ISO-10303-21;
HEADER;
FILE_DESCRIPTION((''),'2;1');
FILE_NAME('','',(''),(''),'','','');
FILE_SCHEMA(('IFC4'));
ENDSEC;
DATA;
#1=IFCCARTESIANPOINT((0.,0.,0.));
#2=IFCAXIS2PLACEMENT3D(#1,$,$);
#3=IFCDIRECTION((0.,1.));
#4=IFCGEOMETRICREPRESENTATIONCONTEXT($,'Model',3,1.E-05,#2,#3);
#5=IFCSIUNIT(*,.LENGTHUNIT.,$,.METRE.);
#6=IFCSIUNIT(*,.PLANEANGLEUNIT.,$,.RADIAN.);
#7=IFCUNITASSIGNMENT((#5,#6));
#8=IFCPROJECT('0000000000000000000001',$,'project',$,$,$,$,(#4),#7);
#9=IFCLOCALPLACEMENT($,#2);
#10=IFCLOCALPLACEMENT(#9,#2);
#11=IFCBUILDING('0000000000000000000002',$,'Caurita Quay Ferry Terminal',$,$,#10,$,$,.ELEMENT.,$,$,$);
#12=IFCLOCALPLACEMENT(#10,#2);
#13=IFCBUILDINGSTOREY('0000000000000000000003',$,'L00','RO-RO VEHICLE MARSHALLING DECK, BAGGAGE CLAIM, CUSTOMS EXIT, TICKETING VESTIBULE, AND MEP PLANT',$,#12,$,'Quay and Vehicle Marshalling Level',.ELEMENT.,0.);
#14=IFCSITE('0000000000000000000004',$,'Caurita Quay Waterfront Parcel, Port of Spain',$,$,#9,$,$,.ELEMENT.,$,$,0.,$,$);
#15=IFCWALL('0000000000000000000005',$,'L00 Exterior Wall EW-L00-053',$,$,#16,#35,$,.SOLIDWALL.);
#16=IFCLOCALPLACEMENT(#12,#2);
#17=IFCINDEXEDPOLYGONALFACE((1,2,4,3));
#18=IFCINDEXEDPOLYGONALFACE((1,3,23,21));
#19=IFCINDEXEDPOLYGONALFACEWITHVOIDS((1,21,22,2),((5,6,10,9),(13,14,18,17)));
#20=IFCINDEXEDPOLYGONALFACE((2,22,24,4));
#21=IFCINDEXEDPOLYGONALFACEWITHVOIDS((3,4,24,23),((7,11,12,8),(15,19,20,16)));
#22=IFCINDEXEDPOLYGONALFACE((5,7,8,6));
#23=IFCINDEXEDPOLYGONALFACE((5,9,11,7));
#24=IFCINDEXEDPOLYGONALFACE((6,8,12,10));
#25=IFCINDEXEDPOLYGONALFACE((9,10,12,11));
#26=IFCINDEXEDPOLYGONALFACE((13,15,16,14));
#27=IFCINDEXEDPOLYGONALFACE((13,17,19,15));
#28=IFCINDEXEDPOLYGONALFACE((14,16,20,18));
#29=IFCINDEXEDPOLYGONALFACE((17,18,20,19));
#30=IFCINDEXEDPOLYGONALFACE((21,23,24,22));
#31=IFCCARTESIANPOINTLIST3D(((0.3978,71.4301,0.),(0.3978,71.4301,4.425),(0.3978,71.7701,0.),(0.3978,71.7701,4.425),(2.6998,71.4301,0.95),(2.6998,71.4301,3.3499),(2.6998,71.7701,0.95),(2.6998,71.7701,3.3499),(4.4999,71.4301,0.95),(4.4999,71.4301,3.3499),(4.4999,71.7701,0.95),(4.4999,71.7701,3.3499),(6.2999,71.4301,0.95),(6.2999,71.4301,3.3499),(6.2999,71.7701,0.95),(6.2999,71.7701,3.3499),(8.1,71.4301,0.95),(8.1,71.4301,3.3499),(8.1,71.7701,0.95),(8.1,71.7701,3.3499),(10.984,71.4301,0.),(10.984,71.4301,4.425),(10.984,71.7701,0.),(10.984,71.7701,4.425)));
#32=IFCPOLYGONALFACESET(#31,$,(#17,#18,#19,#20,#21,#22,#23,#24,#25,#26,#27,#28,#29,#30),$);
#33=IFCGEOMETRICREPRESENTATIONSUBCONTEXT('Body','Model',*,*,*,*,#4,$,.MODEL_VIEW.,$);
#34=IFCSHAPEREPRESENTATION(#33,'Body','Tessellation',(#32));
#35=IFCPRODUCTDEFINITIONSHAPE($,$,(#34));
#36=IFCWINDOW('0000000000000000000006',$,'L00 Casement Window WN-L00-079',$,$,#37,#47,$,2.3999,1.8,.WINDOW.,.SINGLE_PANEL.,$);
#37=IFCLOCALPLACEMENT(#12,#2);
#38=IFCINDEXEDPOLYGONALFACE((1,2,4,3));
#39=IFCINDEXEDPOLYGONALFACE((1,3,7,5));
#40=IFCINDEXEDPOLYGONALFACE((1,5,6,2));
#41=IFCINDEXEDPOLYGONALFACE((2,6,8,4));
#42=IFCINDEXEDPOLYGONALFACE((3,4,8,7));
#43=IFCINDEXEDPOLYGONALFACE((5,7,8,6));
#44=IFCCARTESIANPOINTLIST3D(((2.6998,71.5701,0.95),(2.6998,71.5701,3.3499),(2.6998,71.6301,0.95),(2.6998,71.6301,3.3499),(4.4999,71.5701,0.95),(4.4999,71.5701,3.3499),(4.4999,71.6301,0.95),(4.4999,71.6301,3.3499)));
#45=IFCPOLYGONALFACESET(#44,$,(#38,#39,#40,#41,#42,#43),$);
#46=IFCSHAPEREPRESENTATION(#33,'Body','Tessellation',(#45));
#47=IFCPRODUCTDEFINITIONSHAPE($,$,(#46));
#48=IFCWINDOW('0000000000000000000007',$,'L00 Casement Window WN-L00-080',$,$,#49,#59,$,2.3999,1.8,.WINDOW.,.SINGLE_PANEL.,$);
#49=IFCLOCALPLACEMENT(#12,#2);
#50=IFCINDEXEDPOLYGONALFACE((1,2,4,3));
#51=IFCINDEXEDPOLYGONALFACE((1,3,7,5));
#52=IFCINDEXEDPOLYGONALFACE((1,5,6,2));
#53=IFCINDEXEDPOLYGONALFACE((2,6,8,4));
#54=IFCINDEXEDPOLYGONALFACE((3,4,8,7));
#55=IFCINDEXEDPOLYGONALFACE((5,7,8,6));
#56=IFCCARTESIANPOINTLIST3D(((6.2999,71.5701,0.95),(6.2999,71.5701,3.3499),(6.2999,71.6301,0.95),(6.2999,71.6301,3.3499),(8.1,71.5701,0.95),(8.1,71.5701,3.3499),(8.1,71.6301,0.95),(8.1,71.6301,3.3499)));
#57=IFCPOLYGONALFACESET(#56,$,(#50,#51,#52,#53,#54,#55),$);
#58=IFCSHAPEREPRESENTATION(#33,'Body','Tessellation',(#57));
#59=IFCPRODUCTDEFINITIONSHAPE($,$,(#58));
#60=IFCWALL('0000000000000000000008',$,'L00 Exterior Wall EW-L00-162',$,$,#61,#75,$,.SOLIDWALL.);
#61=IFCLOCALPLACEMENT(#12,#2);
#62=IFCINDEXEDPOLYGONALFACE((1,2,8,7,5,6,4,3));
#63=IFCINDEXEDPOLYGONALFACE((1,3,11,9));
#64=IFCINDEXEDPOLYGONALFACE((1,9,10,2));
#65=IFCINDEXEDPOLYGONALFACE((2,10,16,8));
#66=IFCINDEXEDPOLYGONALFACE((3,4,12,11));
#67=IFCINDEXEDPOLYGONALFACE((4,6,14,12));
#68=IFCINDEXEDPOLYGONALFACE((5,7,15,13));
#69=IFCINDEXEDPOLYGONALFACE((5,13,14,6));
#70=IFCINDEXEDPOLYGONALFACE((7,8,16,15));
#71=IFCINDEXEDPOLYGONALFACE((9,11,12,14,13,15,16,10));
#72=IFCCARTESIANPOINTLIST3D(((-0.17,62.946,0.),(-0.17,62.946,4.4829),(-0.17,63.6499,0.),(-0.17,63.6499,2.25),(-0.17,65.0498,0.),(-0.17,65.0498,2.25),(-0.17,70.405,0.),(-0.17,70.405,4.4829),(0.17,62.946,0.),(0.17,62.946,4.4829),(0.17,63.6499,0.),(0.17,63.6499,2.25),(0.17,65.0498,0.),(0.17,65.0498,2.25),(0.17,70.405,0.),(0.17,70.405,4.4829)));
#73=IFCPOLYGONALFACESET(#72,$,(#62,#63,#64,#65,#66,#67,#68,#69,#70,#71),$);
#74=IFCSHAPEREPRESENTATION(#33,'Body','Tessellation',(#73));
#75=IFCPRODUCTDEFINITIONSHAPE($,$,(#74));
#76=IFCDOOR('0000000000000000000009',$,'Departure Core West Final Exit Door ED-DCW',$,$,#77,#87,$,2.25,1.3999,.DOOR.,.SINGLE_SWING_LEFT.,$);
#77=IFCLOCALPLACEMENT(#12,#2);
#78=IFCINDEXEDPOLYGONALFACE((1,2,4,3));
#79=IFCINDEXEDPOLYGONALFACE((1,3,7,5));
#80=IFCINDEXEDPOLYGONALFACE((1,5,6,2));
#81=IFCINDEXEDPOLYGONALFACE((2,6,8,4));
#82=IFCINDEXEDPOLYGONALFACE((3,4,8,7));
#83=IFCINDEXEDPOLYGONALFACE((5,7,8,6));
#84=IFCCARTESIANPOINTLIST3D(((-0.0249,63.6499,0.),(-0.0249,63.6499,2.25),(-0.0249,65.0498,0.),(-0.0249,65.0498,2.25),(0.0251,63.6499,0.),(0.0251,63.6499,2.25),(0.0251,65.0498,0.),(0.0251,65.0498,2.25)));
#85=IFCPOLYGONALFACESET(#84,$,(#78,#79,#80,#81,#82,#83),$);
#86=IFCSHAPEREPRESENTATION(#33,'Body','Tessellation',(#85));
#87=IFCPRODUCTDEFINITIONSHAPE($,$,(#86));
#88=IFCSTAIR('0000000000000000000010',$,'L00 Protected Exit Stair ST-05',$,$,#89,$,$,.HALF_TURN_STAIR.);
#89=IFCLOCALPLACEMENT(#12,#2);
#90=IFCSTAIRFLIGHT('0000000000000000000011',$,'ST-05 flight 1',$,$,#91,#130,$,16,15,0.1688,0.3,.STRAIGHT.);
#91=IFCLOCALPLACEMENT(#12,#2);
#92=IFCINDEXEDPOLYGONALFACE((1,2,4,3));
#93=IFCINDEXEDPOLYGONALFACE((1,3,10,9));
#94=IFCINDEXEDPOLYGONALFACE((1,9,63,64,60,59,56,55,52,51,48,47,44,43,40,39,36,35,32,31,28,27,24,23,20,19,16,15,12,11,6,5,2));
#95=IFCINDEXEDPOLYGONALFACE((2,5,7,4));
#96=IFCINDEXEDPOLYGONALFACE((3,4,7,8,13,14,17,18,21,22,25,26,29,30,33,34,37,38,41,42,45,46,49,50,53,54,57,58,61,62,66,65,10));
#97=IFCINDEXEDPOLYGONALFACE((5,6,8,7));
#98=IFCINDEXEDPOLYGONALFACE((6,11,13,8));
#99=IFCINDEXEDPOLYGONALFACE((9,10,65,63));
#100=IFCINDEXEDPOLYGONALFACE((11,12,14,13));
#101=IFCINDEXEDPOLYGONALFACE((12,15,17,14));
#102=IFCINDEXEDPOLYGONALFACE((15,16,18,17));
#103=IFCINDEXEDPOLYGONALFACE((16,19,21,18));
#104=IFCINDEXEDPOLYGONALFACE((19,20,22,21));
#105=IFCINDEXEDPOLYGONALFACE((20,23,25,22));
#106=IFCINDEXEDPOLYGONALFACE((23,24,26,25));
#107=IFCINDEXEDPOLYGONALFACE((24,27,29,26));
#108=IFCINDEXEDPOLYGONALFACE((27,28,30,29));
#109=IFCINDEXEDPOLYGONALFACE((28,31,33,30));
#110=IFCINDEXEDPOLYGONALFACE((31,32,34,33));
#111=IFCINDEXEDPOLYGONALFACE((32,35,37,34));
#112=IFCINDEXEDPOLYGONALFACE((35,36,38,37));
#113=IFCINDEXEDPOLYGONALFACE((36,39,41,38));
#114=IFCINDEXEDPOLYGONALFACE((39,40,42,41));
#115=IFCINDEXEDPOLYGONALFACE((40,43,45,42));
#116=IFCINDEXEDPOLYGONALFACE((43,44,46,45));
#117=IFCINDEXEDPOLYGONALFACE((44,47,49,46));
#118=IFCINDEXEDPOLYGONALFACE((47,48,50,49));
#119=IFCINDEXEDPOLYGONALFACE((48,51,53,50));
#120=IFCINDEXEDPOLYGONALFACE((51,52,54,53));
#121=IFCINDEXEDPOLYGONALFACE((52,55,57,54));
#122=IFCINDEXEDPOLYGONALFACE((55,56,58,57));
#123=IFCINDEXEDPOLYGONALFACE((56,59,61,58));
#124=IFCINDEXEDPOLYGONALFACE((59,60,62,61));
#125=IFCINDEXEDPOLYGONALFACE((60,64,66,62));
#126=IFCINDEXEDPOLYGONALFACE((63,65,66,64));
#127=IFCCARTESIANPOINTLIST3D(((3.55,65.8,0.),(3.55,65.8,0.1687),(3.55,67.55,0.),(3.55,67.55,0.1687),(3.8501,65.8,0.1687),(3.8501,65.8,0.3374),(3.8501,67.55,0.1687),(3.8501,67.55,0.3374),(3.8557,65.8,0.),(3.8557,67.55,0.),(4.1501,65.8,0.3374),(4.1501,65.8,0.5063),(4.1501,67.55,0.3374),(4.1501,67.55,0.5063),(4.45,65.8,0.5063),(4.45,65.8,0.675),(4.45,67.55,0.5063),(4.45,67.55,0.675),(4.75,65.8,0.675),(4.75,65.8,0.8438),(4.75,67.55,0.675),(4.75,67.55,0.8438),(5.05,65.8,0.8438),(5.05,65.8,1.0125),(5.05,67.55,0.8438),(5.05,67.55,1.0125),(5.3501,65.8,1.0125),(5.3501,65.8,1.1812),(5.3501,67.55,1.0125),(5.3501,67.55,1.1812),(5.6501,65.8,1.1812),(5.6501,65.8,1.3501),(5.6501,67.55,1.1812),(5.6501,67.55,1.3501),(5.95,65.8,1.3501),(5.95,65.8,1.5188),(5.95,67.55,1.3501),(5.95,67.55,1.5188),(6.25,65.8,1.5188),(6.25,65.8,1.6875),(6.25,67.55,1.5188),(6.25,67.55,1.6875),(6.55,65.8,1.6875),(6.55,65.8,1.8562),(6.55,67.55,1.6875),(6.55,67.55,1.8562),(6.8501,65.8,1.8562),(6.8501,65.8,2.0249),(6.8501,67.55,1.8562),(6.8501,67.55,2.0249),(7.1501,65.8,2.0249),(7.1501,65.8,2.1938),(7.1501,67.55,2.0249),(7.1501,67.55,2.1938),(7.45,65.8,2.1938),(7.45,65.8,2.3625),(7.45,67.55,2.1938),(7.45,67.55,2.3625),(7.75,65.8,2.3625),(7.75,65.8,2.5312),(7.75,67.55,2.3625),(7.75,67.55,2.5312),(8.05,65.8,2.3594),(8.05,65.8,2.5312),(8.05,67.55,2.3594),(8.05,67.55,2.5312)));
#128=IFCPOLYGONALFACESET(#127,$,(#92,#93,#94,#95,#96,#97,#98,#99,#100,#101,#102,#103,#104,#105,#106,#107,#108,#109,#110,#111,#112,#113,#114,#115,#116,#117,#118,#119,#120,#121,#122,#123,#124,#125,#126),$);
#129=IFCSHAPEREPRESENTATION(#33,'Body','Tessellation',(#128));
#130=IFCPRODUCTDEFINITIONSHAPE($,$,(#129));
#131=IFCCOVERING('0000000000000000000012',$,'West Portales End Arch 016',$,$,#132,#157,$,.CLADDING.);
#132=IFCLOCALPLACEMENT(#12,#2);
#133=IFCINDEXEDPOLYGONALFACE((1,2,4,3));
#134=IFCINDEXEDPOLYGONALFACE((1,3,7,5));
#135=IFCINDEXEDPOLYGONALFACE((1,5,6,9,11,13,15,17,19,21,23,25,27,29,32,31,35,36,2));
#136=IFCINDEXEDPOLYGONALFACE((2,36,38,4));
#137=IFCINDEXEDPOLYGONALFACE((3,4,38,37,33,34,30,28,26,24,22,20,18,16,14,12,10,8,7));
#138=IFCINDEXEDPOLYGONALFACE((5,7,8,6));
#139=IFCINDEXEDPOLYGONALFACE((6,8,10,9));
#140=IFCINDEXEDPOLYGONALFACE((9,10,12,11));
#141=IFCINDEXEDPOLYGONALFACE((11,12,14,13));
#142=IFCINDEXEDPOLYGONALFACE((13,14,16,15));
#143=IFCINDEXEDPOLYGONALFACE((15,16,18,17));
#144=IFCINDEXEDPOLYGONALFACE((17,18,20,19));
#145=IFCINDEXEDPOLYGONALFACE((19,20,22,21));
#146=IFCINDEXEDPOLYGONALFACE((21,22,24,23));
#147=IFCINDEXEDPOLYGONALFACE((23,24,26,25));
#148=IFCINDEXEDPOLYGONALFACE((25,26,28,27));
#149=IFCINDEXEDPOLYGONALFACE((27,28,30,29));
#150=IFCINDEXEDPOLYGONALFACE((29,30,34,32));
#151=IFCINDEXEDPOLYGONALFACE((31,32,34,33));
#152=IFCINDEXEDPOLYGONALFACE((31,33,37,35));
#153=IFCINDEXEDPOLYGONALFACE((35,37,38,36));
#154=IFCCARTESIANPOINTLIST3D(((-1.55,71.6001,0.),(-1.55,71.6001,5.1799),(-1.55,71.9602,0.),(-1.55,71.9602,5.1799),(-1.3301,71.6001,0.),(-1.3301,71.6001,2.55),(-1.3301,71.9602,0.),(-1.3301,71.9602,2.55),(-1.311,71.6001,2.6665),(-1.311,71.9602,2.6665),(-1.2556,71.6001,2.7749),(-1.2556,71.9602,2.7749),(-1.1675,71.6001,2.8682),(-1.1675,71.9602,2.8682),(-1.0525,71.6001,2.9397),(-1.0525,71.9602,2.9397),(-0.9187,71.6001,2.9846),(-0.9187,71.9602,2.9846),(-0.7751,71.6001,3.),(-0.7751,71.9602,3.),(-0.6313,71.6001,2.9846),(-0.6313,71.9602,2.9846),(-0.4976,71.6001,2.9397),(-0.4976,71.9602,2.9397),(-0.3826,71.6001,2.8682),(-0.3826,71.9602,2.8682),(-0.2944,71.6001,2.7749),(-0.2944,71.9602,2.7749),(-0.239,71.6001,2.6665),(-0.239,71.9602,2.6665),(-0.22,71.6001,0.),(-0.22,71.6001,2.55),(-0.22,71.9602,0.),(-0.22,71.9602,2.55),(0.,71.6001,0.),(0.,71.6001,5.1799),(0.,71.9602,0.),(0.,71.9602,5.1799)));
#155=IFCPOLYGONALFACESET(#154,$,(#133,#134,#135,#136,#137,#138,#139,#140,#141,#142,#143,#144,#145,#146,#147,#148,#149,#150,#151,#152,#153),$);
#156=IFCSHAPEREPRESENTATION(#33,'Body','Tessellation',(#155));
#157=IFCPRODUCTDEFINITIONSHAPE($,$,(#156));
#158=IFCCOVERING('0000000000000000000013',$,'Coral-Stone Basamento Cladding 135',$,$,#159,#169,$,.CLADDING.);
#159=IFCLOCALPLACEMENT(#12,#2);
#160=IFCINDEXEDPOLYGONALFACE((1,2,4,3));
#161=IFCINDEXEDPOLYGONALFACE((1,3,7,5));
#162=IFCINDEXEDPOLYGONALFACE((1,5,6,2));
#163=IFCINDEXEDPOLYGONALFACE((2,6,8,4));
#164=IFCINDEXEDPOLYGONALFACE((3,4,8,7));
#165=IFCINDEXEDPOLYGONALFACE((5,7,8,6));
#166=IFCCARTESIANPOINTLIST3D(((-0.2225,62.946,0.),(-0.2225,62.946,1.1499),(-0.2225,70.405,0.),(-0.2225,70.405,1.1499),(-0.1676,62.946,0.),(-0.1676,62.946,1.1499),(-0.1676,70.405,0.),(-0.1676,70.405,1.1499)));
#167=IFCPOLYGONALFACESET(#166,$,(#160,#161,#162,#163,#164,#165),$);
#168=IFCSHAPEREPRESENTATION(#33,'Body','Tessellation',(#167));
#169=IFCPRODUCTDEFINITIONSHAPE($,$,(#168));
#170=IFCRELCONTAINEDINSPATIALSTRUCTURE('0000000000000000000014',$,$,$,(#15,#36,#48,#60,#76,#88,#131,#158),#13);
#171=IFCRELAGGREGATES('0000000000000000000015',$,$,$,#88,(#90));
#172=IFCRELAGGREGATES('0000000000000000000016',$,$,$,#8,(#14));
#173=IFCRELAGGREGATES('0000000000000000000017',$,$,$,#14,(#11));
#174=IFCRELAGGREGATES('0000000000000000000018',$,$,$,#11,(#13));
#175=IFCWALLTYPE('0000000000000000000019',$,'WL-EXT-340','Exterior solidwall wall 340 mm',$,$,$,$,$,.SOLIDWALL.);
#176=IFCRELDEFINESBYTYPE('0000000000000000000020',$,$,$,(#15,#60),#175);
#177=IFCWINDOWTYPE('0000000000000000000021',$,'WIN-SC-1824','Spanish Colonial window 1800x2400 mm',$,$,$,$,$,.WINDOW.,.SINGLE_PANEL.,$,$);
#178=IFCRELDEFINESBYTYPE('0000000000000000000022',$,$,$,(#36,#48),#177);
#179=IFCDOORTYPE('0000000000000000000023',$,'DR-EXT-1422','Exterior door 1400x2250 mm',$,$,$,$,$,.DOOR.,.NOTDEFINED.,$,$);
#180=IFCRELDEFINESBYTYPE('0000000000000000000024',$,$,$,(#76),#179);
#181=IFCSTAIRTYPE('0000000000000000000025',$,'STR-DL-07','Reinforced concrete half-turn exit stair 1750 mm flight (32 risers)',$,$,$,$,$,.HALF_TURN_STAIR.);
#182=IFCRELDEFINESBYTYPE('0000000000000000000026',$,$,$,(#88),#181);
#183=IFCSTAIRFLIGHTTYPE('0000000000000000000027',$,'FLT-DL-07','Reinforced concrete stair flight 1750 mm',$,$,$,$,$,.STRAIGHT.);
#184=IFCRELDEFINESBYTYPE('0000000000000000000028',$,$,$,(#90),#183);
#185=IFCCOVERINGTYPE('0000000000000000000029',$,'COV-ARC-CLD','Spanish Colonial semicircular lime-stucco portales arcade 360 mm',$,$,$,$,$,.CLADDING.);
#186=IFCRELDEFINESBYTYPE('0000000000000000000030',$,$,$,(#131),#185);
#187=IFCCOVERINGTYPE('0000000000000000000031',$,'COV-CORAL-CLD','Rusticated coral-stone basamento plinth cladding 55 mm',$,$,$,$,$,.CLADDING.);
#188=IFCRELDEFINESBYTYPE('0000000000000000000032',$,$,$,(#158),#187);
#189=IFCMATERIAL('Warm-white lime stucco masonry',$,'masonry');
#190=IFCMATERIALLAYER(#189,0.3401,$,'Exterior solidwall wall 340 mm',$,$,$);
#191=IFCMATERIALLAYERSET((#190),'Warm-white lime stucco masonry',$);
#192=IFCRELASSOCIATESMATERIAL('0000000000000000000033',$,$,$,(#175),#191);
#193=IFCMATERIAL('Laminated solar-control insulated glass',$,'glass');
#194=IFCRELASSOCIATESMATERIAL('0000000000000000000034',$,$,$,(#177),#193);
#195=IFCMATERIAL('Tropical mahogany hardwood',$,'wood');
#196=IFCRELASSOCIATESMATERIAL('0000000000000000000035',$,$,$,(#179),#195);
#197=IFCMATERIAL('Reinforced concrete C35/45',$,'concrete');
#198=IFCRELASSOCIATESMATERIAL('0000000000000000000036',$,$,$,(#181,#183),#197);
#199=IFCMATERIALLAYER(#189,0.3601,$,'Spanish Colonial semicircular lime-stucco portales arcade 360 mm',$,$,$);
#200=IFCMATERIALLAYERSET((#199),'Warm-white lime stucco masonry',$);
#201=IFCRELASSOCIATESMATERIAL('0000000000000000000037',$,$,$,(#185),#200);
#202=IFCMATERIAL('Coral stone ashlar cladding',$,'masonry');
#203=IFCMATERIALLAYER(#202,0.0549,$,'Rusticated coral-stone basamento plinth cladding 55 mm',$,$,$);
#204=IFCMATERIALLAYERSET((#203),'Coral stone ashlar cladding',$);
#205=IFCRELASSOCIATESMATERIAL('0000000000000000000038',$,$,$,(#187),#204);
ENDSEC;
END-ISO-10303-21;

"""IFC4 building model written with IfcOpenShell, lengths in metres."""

from ifc_helpers import new_model, si_unit, direction, frame, frame_2d, origin, place, context, subcontext, project, spatial, polyline, rectangle, outline, extrude, material, layer, layer_set, type_object, element, fill, aggregate, save


model = new_model("IFC4")

# Units and contexts
model_context = context("Model", 3, precision=1e-05, world=origin(), true_north=direction((0.0, 1.0)))
body_context = subcontext(model_context, "Body", "Model", "MODEL_VIEW")
ifc_project = project(units=[si_unit("LENGTHUNIT", "METRE"), si_unit("PLANEANGLEUNIT", "RADIAN")], contexts=[model_context])

# Site, building, storey
site_placement = place(None, origin())
site = spatial("IfcSite", under=ifc_project, at=site_placement, Name="Caurita Quay Waterfront Parcel, Port of Spain", CompositionType="ELEMENT", RefElevation=0.0)
building_placement = place(site_placement, origin())
building = spatial("IfcBuilding", under=site, at=building_placement, Name="Caurita Quay Ferry Terminal", CompositionType="ELEMENT")
storey_placement = place(building_placement, origin())
storey = spatial("IfcBuildingStorey", under=building, at=storey_placement, Name="L00", Description="RO-RO VEHICLE MARSHALLING DECK, BAGGAGE CLAIM, CUSTOMS EXIT, TICKETING VESTIBULE, AND MEP PLANT", LongName="Quay and Vehicle Marshalling Level", CompositionType="ELEMENT", Elevation=0.0)

# Shared definitions
ifc_material_1 = material(Name="Reinforced concrete C35/45", Category="concrete")

# Wall, openings, windows
ifc_material_2 = material(Name="Warm-white lime stucco masonry", Category="masonry")
ifc_layer_1 = layer(ifc_material_2, 0.3401, Name="Exterior solidwall wall 340 mm")
ifc_layer_set_1 = layer_set([ifc_layer_1], Name="Warm-white lime stucco masonry")
wall_type_1 = type_object("IfcWallType", Name="WL-EXT-340", Description="Exterior solidwall wall 340 mm", PredefinedType="SOLIDWALL", material=ifc_layer_set_1)
wall_1_placement = place(storey_placement, frame((0.3979, 71.6001, 0.0), z_axis=(0.0, 0.0, 1.0), x_axis=(1.0, 0.0, 0.0)))
wall_1 = element("IfcWall", 1, at=wall_1_placement, inside=storey, type_object=wall_type_1, Name="L00 Exterior Wall EW-L00-053", PredefinedType="SOLIDWALL", context=body_context, shape_type="SweptSolid", body=[
    extrude(rectangle(XDim=10.5862, YDim=0.3401, at=frame_2d((5.293, 0.0))), origin(), (0.0, 0.0, 1.0), 4.425),
])
opening_1_placement = place(wall_1_placement, frame((2.302, 0.0, 0.95)))
opening_1 = element("IfcOpeningElement", 2, at=opening_1_placement, cuts=wall_1, PredefinedType="OPENING", context=body_context, shape_type="SweptSolid", body=[
    extrude(rectangle(XDim=1.8, YDim=2.3999, at=frame_2d((0.8999, 1.2))), frame((0.0, 0.1799, 0.0), z_axis=(0.0, -1.0, 0.0), x_axis=(1.0, 0.0, 0.0)), (0.0, 0.0, 1.0), 0.3601),
])
opening_2_placement = place(wall_1_placement, frame((5.9021, 0.0, 0.95)))
opening_2 = element("IfcOpeningElement", 3, at=opening_2_placement, cuts=wall_1, PredefinedType="OPENING", context=body_context, shape_type="SweptSolid", body=[
    extrude(rectangle(XDim=1.8, YDim=2.3999, at=frame_2d((0.8999, 1.2))), frame((0.0, 0.1799, 0.0), z_axis=(0.0, -1.0, 0.0), x_axis=(1.0, 0.0, 0.0)), (0.0, 0.0, 1.0), 0.3601),
])
ifc_material_3 = material(Name="Laminated solar-control insulated glass", Category="glass")
window_type = type_object("IfcWindowType", Name="WIN-SC-1824", Description="Spanish Colonial window 1800x2400 mm", PartitioningType="SINGLE_PANEL", PredefinedType="WINDOW", material=ifc_material_3)
window_1_placement = place(opening_1_placement, origin())
window_1 = element("IfcWindow", 4, at=window_1_placement, inside=storey, type_object=window_type, Name="L00 Casement Window WN-L00-079", OverallHeight=2.3999, OverallWidth=1.8, PartitioningType="SINGLE_PANEL", PredefinedType="WINDOW", context=body_context, shape_type="SweptSolid", body=[
    extrude(rectangle(XDim=1.8, YDim=2.3999, at=frame_2d((0.8999, 1.2))), frame((0.0, 0.03, 0.0), z_axis=(0.0, -1.0, 0.0), x_axis=(1.0, 0.0, 0.0)), (0.0, 0.0, 1.0), 0.0601),
])
fill(opening_1, window_1)
window_2_placement = place(opening_2_placement, origin())
window_2 = element("IfcWindow", 5, at=window_2_placement, inside=storey, type_object=window_type, Name="L00 Casement Window WN-L00-080", OverallHeight=2.3999, OverallWidth=1.8, PartitioningType="SINGLE_PANEL", PredefinedType="WINDOW", context=body_context, shape_type="SweptSolid", body=[
    extrude(rectangle(XDim=1.8, YDim=2.3999, at=frame_2d((0.8999, 1.2))), frame((0.0, 0.03, 0.0), z_axis=(0.0, -1.0, 0.0), x_axis=(1.0, 0.0, 0.0)), (0.0, 0.0, 1.0), 0.0601),
])
fill(opening_2, window_2)

# Wall, opening, door
wall_2_placement = place(storey_placement, frame((0.0, 70.405, 0.0), z_axis=(0.0, 0.0, 1.0), x_axis=(0.0, -1.0, 0.0)))
wall_2 = element("IfcWall", 6, at=wall_2_placement, inside=storey, type_object=wall_type_1, Name="L00 Exterior Wall EW-L00-162", PredefinedType="SOLIDWALL", context=body_context, shape_type="SweptSolid", body=[
    extrude(rectangle(XDim=7.459, YDim=0.3401, at=frame_2d((3.7295, 0.0))), origin(), (0.0, 0.0, 1.0), 4.4829),
])
opening_3_placement = place(wall_2_placement, frame((5.3552, 0.0, 0.0)))
opening_3 = element("IfcOpeningElement", 7, at=opening_3_placement, cuts=wall_2, PredefinedType="OPENING", context=body_context, shape_type="SweptSolid", body=[
    extrude(rectangle(XDim=1.3999, YDim=2.25, at=frame_2d((0.7, 1.125))), frame((0.0, 0.1799, 0.0), z_axis=(0.0, -1.0, 0.0), x_axis=(1.0, 0.0, 0.0)), (0.0, 0.0, 1.0), 0.3601),
])
ifc_material_4 = material(Name="Tropical mahogany hardwood", Category="wood")
door_type = type_object("IfcDoorType", Name="DR-EXT-1422", Description="Exterior door 1400x2250 mm", OperationType="NOTDEFINED", PredefinedType="DOOR", material=ifc_material_4)
door_placement = place(opening_3_placement, frame((1.3999, 0.0, 0.0), z_axis=(0.0, 0.0, 1.0), x_axis=(-1.0, 0.0, 0.0)))
door = element("IfcDoor", 8, at=door_placement, inside=storey, type_object=door_type, Name="Departure Core West Final Exit Door ED-DCW", OperationType="SINGLE_SWING_LEFT", OverallHeight=2.25, OverallWidth=1.3999, PredefinedType="DOOR", context=body_context, shape_type="SweptSolid", body=[
    extrude(rectangle(XDim=1.3999, YDim=2.25, at=frame_2d((0.7, 1.125))), frame((0.0, 0.0249, 0.0), z_axis=(0.0, -1.0, 0.0), x_axis=(1.0, 0.0, 0.0)), (0.0, 0.0, 1.0), 0.05),
])
fill(opening_3, door)

# Stair, stair flight
stair_type = type_object("IfcStairType", Name="STR-DL-07", Description="Reinforced concrete half-turn exit stair 1750 mm flight (32 risers)", PredefinedType="HALF_TURN_STAIR", material=ifc_material_1)
stair_placement = place(storey_placement, origin())
stair = element("IfcStair", 9, at=stair_placement, inside=storey, type_object=stair_type, Name="L00 Protected Exit Stair ST-05", PredefinedType="HALF_TURN_STAIR")
stair_flight_type = type_object("IfcStairFlightType", Name="FLT-DL-07", Description="Reinforced concrete stair flight 1750 mm", PredefinedType="STRAIGHT", material=ifc_material_1)
stair_flight_placement = place(storey_placement, frame((3.55, 66.675, 0.0), z_axis=(0.0, 0.0, 1.0), x_axis=(1.0, 0.0, 0.0)))
stair_flight = element("IfcStairFlight", 10, at=stair_flight_placement, type_object=stair_flight_type, Name="ST-05 flight 1", NumberOfRisers=16, NumberOfTreads=15, PredefinedType="STRAIGHT", RiserHeight=0.1688, TreadLength=0.3, context=body_context, shape_type="SweptSolid", body=[
    extrude(outline(polyline([(0.0, 0.0), (0.0, 0.1687), (0.3, 0.1687), (0.3, 0.3374), (0.6001, 0.3374), (0.6001, 0.5063), (0.8999, 0.5063), (0.8999, 0.675), (1.2, 0.675), (1.2, 0.8438), (1.5, 0.8438), (1.5, 1.0125), (1.8, 1.0125), (1.8, 1.1812), (2.1001, 1.1812), (2.1001, 1.3501), (2.3999, 1.3501), (2.3999, 1.5188), (2.7, 1.5188), (2.7, 1.6875), (3.0, 1.6875), (3.0, 1.8562), (3.3, 1.8562), (3.3, 2.0249), (3.6001, 2.0249), (3.6001, 2.1938), (3.8999, 2.1938), (3.8999, 2.3625), (4.2, 2.3625), (4.2, 2.5312), (4.5, 2.5312), (4.5, 2.7), (4.5, 2.3594), (0.3057, 0.0), (0.0, 0.0)])), frame((0.0, 0.875, 0.0), z_axis=(0.0, -1.0, 0.0), x_axis=(1.0, 0.0, 0.0)), (0.0, 0.0, 1.0), 1.75),
])
aggregate(stair, [stair_flight])

# Coverings
ifc_layer_2 = layer(ifc_material_2, 0.3601, Name="Spanish Colonial semicircular lime-stucco portales arcade 360 mm")
ifc_layer_set_2 = layer_set([ifc_layer_2], Name="Warm-white lime stucco masonry")
covering_type_1 = type_object("IfcCoveringType", Name="COV-ARC-CLD", Description="Spanish Colonial semicircular lime-stucco portales arcade 360 mm", PredefinedType="CLADDING", material=ifc_layer_set_2)
covering_1_placement = place(storey_placement, frame((-1.55, 71.78, 0.0), z_axis=(0.0, 0.0, 1.0), x_axis=(1.0, 0.0, 0.0)))
element("IfcCovering", 11, at=covering_1_placement, inside=storey, type_object=covering_type_1, Name="West Portales End Arch 016", PredefinedType="CLADDING", context=body_context, shape_type="SweptSolid", body=[
    extrude(outline(polyline([(0.0, 0.0), (0.22, 0.0), (0.22, 2.55), (0.239, 2.6665), (0.2944, 2.7749), (0.3826, 2.8682), (0.4976, 2.9397), (0.6313, 2.9846), (0.7749, 3.0), (0.9187, 2.9846), (1.0525, 2.9397), (1.1675, 2.8682), (1.2556, 2.7749), (1.311, 2.6665), (1.3301, 2.55), (1.3301, 0.0), (1.55, 0.0), (1.55, 5.1799), (0.0, 5.1799), (0.0, 0.0)])), frame((0.0, 0.1802, 0.0), z_axis=(0.0, -1.0, 0.0), x_axis=(1.0, 0.0, 0.0)), (0.0, 0.0, 1.0), 0.3601),
])
ifc_material_5 = material(Name="Coral stone ashlar cladding", Category="masonry")
ifc_layer_3 = layer(ifc_material_5, 0.0549, Name="Rusticated coral-stone basamento plinth cladding 55 mm")
ifc_layer_set_3 = layer_set([ifc_layer_3], Name="Coral stone ashlar cladding")
covering_type_2 = type_object("IfcCoveringType", Name="COV-CORAL-CLD", Description="Rusticated coral-stone basamento plinth cladding 55 mm", PredefinedType="CLADDING", material=ifc_layer_set_3)
covering_2_placement = place(storey_placement, frame((-0.1951, 70.405, 0.0), z_axis=(0.0, 0.0, 1.0), x_axis=(0.0, -1.0, 0.0)))
element("IfcCovering", 12, at=covering_2_placement, inside=storey, type_object=covering_type_2, Name="Coral-Stone Basamento Cladding 135", PredefinedType="CLADDING", context=body_context, shape_type="SweptSolid", body=[
    extrude(rectangle(XDim=7.459, YDim=0.0549, at=frame_2d((3.7295, 0.0))), origin(), (0.0, 0.0, 1.0), 1.1499),
])

save(model, "model.ifc")
